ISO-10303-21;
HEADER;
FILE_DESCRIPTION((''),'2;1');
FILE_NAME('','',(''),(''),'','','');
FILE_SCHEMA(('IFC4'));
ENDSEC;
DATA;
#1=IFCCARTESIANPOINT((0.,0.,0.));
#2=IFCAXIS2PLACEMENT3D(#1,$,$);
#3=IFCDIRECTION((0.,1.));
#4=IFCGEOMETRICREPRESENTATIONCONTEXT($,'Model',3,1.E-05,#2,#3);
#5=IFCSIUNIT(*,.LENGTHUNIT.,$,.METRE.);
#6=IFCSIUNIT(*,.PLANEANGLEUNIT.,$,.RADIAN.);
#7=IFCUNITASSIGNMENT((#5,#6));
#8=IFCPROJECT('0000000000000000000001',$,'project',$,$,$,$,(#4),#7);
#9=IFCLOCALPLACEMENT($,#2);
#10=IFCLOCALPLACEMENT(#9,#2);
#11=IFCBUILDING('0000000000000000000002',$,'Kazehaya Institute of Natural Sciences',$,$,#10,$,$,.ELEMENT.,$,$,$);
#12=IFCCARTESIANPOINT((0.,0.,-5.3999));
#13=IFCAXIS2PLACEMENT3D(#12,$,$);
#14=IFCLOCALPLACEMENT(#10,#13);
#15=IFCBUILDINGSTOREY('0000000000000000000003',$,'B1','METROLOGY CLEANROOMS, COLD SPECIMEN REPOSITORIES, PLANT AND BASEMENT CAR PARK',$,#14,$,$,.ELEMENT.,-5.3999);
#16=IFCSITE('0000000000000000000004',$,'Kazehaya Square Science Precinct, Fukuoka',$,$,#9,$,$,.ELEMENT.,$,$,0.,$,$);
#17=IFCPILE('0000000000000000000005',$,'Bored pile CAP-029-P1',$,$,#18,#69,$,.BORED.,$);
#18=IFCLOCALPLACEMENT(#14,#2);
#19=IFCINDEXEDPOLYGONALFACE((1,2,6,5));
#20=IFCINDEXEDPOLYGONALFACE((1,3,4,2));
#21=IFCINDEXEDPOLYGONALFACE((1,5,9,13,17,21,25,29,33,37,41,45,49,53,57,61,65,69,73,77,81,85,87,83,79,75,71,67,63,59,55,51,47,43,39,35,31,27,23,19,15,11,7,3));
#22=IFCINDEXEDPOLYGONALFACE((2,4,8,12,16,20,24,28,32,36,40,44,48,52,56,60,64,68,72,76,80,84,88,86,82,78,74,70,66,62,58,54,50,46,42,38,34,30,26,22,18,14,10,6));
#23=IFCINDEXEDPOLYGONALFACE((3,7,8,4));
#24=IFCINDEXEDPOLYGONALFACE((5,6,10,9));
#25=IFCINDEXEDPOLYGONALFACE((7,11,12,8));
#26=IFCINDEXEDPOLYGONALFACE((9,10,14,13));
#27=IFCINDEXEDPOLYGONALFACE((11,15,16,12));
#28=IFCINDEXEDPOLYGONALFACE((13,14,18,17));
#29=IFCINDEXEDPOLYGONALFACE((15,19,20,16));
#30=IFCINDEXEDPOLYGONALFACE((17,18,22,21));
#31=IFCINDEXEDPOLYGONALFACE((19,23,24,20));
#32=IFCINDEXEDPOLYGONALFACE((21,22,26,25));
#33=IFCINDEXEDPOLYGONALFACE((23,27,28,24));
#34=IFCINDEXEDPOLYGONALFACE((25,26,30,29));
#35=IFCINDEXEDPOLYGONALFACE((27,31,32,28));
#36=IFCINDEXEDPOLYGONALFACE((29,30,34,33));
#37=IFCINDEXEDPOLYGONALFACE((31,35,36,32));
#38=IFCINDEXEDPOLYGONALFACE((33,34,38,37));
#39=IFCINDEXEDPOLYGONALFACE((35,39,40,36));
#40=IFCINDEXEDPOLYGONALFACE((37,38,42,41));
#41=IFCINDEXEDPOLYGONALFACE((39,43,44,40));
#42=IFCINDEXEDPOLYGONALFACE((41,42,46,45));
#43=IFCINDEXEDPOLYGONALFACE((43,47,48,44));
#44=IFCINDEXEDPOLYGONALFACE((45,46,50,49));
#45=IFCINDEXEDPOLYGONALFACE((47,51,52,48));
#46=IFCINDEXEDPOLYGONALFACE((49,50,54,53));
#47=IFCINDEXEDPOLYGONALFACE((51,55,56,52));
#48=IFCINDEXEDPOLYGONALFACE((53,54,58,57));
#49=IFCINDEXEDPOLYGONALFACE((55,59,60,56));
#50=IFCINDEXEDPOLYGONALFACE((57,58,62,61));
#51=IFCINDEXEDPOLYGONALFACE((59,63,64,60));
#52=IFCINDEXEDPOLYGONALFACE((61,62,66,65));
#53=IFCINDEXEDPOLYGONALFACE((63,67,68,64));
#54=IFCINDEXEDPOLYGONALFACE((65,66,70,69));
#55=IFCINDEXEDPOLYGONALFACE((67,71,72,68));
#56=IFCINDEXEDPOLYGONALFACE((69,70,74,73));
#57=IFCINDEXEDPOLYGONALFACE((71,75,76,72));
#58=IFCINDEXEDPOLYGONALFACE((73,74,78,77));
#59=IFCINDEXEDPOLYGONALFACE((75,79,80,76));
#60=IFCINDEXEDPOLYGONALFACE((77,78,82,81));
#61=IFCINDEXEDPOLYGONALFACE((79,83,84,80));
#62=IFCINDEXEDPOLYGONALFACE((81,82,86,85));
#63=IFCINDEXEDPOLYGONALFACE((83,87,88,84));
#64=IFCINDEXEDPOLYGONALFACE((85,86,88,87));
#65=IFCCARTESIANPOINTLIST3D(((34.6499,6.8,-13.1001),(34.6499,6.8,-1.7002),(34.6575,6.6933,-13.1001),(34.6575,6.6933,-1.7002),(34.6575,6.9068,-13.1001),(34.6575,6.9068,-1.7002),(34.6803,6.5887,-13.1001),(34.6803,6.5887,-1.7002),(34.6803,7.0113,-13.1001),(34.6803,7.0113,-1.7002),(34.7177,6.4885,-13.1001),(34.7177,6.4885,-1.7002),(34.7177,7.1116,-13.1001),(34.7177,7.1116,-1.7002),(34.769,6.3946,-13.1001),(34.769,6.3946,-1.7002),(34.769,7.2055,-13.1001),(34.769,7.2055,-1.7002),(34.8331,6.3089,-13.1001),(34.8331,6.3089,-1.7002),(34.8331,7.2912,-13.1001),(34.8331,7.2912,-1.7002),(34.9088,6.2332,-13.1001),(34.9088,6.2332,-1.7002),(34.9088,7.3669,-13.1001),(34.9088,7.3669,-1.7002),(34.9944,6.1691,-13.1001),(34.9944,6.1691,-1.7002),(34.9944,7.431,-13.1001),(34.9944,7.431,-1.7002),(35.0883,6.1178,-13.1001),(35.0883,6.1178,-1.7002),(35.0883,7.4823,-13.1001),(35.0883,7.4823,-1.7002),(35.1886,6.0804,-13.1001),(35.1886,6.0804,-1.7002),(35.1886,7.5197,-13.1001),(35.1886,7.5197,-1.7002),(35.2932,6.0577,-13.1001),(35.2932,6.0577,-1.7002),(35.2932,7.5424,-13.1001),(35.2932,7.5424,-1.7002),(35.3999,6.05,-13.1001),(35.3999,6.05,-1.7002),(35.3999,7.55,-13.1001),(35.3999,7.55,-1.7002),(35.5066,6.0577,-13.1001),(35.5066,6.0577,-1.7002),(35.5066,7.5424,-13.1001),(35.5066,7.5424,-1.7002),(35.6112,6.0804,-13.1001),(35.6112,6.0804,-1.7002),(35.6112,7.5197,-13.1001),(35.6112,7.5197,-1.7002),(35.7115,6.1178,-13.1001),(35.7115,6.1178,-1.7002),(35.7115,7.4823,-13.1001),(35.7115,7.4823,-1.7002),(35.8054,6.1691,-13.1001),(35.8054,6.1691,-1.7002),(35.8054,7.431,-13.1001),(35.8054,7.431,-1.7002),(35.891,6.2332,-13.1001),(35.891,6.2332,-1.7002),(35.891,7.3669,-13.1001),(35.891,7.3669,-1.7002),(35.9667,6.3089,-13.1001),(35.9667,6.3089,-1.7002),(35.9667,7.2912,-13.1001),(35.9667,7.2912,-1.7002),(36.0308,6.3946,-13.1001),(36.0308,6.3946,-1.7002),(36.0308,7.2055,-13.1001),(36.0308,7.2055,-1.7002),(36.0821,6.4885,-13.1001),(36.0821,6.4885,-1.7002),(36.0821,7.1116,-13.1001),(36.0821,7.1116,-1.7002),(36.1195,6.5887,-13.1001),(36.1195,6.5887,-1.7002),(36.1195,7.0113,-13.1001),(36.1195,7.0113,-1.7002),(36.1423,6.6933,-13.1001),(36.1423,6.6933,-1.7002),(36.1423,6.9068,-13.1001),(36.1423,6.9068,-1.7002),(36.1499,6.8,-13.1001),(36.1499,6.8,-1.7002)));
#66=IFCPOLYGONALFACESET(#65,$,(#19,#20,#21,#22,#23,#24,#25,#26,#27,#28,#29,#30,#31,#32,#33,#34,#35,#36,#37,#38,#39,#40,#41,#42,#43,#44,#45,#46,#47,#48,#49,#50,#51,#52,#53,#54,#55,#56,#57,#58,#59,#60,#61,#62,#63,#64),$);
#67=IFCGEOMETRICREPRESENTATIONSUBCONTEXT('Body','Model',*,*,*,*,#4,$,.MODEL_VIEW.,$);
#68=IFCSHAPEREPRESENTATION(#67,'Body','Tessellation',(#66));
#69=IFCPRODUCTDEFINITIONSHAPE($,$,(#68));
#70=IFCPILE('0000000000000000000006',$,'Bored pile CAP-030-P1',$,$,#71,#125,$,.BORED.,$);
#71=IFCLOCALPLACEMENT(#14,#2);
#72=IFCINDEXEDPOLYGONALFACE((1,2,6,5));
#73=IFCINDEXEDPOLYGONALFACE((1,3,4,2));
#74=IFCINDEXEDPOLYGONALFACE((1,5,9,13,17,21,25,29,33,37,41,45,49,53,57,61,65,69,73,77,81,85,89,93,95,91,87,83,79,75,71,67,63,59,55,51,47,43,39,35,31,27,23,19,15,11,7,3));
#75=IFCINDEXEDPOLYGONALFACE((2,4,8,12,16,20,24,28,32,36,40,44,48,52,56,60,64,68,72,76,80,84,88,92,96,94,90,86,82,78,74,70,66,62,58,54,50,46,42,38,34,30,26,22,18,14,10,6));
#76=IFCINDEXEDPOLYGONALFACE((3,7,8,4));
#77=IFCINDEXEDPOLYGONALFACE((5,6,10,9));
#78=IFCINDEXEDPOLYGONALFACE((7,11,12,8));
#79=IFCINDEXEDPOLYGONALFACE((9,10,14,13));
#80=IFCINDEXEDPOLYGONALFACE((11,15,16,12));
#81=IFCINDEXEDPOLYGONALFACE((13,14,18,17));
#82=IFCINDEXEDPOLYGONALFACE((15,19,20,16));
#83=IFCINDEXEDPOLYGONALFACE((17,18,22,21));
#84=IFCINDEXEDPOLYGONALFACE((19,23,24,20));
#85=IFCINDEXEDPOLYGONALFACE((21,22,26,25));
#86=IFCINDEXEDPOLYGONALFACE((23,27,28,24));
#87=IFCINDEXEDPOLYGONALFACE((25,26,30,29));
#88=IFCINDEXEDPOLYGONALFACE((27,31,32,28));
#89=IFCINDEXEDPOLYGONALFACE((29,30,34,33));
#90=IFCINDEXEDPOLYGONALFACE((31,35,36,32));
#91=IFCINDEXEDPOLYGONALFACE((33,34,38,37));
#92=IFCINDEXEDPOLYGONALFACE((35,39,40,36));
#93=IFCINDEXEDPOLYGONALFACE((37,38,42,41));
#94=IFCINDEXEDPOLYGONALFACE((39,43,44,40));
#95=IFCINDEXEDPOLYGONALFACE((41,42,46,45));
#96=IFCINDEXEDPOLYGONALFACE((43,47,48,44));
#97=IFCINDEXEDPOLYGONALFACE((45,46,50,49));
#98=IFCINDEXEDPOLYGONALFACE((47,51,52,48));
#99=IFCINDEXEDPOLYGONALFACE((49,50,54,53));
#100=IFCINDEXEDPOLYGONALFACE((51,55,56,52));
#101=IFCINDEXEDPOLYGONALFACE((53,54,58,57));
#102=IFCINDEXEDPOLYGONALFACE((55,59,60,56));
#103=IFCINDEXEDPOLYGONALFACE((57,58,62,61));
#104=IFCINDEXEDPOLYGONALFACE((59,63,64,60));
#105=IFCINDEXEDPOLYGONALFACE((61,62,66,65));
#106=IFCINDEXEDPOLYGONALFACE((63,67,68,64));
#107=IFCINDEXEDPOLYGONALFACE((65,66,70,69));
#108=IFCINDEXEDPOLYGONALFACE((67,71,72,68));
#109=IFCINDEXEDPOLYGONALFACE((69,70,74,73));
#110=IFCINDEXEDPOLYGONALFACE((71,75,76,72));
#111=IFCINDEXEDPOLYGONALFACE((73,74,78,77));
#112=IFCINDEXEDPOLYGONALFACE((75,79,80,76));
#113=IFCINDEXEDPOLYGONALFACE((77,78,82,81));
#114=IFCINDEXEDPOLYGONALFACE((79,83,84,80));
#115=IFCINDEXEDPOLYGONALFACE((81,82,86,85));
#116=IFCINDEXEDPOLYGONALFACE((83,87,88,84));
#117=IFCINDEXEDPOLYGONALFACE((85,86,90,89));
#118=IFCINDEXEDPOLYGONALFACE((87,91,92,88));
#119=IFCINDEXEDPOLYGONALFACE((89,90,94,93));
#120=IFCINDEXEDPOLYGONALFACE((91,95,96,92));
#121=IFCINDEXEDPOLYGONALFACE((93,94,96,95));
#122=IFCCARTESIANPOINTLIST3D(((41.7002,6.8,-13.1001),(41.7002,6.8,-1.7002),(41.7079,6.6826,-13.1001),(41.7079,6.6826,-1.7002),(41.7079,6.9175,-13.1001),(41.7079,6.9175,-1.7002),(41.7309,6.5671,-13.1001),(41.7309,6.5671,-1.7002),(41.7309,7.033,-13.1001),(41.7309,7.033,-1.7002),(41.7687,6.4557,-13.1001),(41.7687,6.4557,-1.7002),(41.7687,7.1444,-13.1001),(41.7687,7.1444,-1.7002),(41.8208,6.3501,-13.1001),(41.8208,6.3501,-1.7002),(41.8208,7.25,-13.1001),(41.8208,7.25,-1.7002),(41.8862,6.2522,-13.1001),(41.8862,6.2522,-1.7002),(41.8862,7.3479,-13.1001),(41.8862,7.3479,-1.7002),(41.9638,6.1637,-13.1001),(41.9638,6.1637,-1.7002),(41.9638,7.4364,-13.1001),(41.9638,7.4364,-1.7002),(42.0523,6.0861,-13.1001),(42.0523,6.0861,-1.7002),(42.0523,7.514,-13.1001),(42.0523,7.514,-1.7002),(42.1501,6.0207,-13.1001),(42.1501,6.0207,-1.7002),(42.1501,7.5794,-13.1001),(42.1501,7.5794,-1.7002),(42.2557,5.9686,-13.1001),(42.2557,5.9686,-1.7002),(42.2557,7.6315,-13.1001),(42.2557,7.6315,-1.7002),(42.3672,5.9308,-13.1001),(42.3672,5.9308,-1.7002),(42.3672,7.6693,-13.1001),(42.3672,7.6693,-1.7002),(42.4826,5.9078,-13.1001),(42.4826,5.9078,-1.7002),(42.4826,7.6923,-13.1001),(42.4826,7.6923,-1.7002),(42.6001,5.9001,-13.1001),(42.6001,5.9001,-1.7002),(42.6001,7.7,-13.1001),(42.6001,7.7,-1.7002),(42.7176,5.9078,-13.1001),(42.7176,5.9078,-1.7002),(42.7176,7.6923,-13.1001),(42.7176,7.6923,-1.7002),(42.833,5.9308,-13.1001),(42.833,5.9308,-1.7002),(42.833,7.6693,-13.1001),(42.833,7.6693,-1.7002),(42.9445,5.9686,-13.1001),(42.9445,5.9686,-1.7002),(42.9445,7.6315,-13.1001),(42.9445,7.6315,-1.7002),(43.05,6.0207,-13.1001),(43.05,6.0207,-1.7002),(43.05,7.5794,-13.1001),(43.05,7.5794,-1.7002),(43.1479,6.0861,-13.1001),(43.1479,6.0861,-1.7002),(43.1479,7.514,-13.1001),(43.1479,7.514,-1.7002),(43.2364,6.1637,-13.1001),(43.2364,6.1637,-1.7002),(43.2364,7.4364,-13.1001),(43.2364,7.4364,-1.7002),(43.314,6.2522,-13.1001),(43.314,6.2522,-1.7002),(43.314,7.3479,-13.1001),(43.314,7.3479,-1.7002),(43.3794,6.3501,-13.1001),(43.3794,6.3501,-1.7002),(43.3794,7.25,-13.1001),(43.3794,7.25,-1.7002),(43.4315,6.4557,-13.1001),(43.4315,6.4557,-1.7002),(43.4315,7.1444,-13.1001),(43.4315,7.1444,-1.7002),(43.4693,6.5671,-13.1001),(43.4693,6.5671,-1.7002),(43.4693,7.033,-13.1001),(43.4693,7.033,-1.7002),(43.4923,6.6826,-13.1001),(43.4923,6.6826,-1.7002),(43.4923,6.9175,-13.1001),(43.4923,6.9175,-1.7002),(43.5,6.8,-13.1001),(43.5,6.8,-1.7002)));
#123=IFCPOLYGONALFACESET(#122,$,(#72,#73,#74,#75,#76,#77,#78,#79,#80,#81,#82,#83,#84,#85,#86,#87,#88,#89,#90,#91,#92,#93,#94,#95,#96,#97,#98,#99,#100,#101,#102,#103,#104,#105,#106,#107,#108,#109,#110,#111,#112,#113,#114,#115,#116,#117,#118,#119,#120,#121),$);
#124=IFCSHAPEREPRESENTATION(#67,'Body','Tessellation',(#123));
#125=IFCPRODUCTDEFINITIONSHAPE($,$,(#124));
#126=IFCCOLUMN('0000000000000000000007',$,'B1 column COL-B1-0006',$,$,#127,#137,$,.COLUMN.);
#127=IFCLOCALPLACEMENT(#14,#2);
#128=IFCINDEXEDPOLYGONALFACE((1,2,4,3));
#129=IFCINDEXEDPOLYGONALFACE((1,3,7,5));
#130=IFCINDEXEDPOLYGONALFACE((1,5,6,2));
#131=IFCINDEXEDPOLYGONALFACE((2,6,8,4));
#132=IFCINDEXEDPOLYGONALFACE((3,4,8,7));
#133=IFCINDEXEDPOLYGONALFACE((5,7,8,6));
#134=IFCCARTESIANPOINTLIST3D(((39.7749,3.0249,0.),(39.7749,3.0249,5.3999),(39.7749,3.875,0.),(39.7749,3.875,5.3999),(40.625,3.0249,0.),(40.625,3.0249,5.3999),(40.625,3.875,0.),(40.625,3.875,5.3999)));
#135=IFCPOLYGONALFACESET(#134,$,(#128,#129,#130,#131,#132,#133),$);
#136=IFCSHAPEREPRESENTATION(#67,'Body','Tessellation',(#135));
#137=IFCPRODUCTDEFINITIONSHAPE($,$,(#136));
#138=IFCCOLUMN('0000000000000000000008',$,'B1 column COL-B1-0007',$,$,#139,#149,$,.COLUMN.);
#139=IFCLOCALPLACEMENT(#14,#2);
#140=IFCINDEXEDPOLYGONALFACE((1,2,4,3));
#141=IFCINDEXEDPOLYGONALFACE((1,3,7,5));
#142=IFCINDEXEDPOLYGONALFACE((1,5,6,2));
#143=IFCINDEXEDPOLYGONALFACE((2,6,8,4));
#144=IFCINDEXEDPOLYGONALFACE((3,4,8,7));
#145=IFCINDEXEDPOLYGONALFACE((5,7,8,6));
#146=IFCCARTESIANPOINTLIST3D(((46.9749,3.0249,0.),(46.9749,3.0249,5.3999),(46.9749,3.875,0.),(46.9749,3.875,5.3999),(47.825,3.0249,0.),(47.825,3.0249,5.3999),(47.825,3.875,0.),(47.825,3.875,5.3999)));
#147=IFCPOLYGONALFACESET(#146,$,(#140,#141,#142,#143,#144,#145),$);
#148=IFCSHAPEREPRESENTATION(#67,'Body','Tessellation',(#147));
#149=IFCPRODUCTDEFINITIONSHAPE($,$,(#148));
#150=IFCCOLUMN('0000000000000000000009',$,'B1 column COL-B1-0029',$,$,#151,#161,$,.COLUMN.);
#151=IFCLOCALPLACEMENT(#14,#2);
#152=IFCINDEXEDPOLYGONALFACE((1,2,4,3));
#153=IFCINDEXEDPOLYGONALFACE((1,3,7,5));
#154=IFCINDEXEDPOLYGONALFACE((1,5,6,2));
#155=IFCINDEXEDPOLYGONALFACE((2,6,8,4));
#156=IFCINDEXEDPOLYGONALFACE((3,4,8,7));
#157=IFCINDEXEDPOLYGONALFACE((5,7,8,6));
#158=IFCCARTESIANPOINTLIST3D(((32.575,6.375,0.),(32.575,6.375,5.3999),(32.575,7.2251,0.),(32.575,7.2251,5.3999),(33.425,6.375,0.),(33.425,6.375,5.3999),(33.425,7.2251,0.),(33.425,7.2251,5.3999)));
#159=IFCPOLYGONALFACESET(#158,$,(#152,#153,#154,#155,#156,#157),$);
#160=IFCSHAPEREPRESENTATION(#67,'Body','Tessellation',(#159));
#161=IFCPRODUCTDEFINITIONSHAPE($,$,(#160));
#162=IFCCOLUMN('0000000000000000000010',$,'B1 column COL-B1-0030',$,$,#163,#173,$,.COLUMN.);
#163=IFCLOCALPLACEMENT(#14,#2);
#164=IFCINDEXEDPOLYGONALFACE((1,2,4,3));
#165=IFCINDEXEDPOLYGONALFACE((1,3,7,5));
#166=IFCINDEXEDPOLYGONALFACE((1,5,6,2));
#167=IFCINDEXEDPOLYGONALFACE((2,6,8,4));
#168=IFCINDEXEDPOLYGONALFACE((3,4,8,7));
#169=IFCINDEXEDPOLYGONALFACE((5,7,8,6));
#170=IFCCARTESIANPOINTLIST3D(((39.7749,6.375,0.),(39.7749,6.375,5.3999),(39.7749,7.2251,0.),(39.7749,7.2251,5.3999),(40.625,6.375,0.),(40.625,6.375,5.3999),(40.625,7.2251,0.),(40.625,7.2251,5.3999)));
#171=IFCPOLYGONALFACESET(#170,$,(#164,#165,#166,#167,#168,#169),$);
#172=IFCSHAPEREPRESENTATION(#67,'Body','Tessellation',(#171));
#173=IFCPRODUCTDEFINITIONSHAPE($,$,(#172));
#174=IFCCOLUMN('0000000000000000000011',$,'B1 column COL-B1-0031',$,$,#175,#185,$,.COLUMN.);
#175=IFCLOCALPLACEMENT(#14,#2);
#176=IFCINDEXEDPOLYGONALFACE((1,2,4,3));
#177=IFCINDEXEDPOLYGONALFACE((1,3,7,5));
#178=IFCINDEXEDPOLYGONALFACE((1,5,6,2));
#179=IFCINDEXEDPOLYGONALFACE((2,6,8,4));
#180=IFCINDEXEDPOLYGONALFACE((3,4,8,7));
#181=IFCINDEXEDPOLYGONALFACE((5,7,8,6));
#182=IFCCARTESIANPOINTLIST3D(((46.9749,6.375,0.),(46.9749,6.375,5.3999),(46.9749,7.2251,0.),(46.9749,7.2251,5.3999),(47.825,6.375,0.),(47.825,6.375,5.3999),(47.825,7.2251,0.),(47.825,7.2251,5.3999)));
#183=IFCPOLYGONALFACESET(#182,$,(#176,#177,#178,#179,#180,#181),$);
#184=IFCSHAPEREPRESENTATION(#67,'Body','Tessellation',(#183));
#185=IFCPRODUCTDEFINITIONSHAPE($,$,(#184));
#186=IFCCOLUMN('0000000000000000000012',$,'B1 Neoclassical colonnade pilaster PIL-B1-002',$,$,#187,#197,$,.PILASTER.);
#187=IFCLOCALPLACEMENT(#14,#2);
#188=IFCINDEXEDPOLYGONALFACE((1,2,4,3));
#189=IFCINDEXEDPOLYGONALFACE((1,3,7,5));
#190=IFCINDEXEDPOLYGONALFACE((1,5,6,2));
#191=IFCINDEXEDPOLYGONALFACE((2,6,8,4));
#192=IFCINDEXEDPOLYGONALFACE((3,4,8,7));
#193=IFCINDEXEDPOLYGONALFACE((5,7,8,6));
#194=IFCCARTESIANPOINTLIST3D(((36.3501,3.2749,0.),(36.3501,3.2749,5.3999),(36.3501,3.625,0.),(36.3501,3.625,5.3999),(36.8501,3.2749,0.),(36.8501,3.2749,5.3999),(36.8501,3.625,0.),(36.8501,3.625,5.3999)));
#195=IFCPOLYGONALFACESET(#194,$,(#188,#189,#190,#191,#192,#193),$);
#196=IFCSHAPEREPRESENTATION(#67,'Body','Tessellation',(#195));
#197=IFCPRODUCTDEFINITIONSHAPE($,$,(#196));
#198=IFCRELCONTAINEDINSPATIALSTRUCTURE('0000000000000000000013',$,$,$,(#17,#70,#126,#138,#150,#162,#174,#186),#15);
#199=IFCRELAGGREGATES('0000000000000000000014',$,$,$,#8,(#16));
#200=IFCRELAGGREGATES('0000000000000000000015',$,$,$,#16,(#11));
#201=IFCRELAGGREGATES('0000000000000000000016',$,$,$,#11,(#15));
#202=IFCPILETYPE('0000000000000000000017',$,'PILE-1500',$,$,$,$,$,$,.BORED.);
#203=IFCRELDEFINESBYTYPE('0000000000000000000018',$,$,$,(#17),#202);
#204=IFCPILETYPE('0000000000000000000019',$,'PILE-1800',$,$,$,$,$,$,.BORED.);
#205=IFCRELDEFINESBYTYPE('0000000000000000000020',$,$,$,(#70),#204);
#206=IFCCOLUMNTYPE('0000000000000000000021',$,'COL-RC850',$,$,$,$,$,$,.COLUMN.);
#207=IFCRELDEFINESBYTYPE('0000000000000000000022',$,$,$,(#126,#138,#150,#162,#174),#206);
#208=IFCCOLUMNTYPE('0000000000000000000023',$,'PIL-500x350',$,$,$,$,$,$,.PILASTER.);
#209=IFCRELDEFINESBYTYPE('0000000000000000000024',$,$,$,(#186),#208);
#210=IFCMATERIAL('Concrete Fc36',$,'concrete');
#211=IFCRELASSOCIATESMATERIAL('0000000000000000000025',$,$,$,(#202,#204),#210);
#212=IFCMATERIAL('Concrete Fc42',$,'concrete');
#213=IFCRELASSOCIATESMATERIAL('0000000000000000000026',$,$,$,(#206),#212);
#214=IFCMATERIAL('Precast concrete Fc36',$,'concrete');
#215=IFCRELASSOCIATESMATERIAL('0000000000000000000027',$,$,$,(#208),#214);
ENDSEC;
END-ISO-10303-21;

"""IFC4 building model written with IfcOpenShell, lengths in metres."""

from ifc_helpers import new_model, si_unit, direction, frame, origin, origin_2d, place, context, subcontext, project, spatial, rectangle, circle, extrude, material, material_profile, profile_set, type_object, element, save


model = new_model("IFC4")

# Units and contexts
model_context = context("Model", 3, precision=1e-05, world=origin(), true_north=direction((0.0, 1.0)))
body_context = subcontext(model_context, "Body", "Model", "MODEL_VIEW")
ifc_project = project(units=[si_unit("LENGTHUNIT", "METRE"), si_unit("PLANEANGLEUNIT", "RADIAN")], contexts=[model_context])

# Site, building, storey
site_placement = place(None, origin())
site = spatial("IfcSite", under=ifc_project, at=site_placement, Name="Kazehaya Square Science Precinct, Fukuoka", CompositionType="ELEMENT", RefElevation=0.0)
building_placement = place(site_placement, origin())
building = spatial("IfcBuilding", under=site, at=building_placement, Name="Kazehaya Institute of Natural Sciences", CompositionType="ELEMENT")
storey_placement = place(building_placement, frame((0.0, 0.0, -5.3999)))
storey = spatial("IfcBuildingStorey", under=building, at=storey_placement, Name="B1", Description="METROLOGY CLEANROOMS, COLD SPECIMEN REPOSITORIES, PLANT AND BASEMENT CAR PARK", CompositionType="ELEMENT", Elevation=-5.3999)

# Shared definitions
ifc_material_1 = material(Name="Concrete Fc36", Category="concrete")

# Piles
ifc_material_profile_1 = material_profile(ifc_material_1, circle(Radius=0.75, at=origin_2d()), Name="PILE-1500")
ifc_profile_set_1 = profile_set([ifc_material_profile_1], Name="Concrete Fc36")
pile_type_1 = type_object("IfcPileType", Name="PILE-1500", PredefinedType="BORED", material=ifc_profile_set_1)
pile_1_placement = place(storey_placement, frame((35.3999, 6.8, -1.7002), z_axis=(0.0, 0.0, -1.0), x_axis=(1.0, 0.0, 0.0)))
element("IfcPile", 1, at=pile_1_placement, inside=storey, type_object=pile_type_1, Name="Bored pile CAP-029-P1", PredefinedType="BORED", context=body_context, shape_type="SweptSolid", body=[
    extrude(circle(Radius=0.75, at=origin_2d()), origin(), (0.0, 0.0, 1.0), 11.3999),
])
ifc_material_profile_2 = material_profile(ifc_material_1, circle(Radius=0.8999, at=origin_2d()), Name="PILE-1800")
ifc_profile_set_2 = profile_set([ifc_material_profile_2], Name="Concrete Fc36")
pile_type_2 = type_object("IfcPileType", Name="PILE-1800", PredefinedType="BORED", material=ifc_profile_set_2)
pile_2_placement = place(storey_placement, frame((42.6001, 6.8, -1.7002), z_axis=(0.0, 0.0, -1.0), x_axis=(1.0, 0.0, 0.0)))
element("IfcPile", 2, at=pile_2_placement, inside=storey, type_object=pile_type_2, Name="Bored pile CAP-030-P1", PredefinedType="BORED", context=body_context, shape_type="SweptSolid", body=[
    extrude(circle(Radius=0.8999, at=origin_2d()), origin(), (0.0, 0.0, 1.0), 11.3999),
])

# Columns
ifc_material_2 = material(Name="Concrete Fc42", Category="concrete")
ifc_material_profile_3 = material_profile(ifc_material_2, rectangle(XDim=0.8501, YDim=0.8501, at=origin_2d()), Name="RC-850x850")
ifc_profile_set_3 = profile_set([ifc_material_profile_3], Name="Concrete Fc42")
column_type_1 = type_object("IfcColumnType", Name="COL-RC850", PredefinedType="COLUMN", material=ifc_profile_set_3)
for number, where, z_axis, x_axis, name in (
    (3, (40.2, 3.45, 0.0), (0.0, 0.0, 1.0), (1.0, 0.0, 0.0), "B1 column COL-B1-0006"),
    (4, (47.3999, 3.45, 0.0), (0.0, 0.0, 1.0), (1.0, 0.0, 0.0), "B1 column COL-B1-0007"),
    (5, (33.0, 6.8, 0.0), (0.0, 0.0, 1.0), (1.0, 0.0, 0.0), "B1 column COL-B1-0029"),
    (6, (40.2, 6.8, 0.0), (0.0, 0.0, 1.0), (1.0, 0.0, 0.0), "B1 column COL-B1-0030"),
    (7, (47.3999, 6.8, 0.0), (0.0, 0.0, 1.0), (1.0, 0.0, 0.0), "B1 column COL-B1-0031"),
):
    element("IfcColumn", number, at=place(storey_placement, frame(where, z_axis=z_axis, x_axis=x_axis)), inside=storey, type_object=column_type_1, Name=name, PredefinedType="COLUMN", context=body_context, shape_type="SweptSolid", body=[
        extrude(rectangle(XDim=0.8501, YDim=0.8501, at=origin_2d()), origin(), (0.0, 0.0, 1.0), 5.3999),
    ])
ifc_material_3 = material(Name="Precast concrete Fc36", Category="concrete")
ifc_material_profile_4 = material_profile(ifc_material_3, rectangle(XDim=0.5, YDim=0.3501, at=origin_2d()), Name="RC-PIL-500x350")
ifc_profile_set_4 = profile_set([ifc_material_profile_4], Name="Precast concrete Fc36")
column_type_2 = type_object("IfcColumnType", Name="PIL-500x350", PredefinedType="PILASTER", material=ifc_profile_set_4)
column_placement = place(storey_placement, frame((36.6001, 3.45, 0.0), z_axis=(0.0, 0.0, 1.0), x_axis=(1.0, 0.0, 0.0)))
element("IfcColumn", 8, at=column_placement, inside=storey, type_object=column_type_2, Name="B1 Neoclassical colonnade pilaster PIL-B1-002", PredefinedType="PILASTER", context=body_context, shape_type="SweptSolid", body=[
    extrude(rectangle(XDim=0.5, YDim=0.3501, at=origin_2d()), origin(), (0.0, 0.0, 1.0), 5.3999),
])

save(model, "model.ifc")
